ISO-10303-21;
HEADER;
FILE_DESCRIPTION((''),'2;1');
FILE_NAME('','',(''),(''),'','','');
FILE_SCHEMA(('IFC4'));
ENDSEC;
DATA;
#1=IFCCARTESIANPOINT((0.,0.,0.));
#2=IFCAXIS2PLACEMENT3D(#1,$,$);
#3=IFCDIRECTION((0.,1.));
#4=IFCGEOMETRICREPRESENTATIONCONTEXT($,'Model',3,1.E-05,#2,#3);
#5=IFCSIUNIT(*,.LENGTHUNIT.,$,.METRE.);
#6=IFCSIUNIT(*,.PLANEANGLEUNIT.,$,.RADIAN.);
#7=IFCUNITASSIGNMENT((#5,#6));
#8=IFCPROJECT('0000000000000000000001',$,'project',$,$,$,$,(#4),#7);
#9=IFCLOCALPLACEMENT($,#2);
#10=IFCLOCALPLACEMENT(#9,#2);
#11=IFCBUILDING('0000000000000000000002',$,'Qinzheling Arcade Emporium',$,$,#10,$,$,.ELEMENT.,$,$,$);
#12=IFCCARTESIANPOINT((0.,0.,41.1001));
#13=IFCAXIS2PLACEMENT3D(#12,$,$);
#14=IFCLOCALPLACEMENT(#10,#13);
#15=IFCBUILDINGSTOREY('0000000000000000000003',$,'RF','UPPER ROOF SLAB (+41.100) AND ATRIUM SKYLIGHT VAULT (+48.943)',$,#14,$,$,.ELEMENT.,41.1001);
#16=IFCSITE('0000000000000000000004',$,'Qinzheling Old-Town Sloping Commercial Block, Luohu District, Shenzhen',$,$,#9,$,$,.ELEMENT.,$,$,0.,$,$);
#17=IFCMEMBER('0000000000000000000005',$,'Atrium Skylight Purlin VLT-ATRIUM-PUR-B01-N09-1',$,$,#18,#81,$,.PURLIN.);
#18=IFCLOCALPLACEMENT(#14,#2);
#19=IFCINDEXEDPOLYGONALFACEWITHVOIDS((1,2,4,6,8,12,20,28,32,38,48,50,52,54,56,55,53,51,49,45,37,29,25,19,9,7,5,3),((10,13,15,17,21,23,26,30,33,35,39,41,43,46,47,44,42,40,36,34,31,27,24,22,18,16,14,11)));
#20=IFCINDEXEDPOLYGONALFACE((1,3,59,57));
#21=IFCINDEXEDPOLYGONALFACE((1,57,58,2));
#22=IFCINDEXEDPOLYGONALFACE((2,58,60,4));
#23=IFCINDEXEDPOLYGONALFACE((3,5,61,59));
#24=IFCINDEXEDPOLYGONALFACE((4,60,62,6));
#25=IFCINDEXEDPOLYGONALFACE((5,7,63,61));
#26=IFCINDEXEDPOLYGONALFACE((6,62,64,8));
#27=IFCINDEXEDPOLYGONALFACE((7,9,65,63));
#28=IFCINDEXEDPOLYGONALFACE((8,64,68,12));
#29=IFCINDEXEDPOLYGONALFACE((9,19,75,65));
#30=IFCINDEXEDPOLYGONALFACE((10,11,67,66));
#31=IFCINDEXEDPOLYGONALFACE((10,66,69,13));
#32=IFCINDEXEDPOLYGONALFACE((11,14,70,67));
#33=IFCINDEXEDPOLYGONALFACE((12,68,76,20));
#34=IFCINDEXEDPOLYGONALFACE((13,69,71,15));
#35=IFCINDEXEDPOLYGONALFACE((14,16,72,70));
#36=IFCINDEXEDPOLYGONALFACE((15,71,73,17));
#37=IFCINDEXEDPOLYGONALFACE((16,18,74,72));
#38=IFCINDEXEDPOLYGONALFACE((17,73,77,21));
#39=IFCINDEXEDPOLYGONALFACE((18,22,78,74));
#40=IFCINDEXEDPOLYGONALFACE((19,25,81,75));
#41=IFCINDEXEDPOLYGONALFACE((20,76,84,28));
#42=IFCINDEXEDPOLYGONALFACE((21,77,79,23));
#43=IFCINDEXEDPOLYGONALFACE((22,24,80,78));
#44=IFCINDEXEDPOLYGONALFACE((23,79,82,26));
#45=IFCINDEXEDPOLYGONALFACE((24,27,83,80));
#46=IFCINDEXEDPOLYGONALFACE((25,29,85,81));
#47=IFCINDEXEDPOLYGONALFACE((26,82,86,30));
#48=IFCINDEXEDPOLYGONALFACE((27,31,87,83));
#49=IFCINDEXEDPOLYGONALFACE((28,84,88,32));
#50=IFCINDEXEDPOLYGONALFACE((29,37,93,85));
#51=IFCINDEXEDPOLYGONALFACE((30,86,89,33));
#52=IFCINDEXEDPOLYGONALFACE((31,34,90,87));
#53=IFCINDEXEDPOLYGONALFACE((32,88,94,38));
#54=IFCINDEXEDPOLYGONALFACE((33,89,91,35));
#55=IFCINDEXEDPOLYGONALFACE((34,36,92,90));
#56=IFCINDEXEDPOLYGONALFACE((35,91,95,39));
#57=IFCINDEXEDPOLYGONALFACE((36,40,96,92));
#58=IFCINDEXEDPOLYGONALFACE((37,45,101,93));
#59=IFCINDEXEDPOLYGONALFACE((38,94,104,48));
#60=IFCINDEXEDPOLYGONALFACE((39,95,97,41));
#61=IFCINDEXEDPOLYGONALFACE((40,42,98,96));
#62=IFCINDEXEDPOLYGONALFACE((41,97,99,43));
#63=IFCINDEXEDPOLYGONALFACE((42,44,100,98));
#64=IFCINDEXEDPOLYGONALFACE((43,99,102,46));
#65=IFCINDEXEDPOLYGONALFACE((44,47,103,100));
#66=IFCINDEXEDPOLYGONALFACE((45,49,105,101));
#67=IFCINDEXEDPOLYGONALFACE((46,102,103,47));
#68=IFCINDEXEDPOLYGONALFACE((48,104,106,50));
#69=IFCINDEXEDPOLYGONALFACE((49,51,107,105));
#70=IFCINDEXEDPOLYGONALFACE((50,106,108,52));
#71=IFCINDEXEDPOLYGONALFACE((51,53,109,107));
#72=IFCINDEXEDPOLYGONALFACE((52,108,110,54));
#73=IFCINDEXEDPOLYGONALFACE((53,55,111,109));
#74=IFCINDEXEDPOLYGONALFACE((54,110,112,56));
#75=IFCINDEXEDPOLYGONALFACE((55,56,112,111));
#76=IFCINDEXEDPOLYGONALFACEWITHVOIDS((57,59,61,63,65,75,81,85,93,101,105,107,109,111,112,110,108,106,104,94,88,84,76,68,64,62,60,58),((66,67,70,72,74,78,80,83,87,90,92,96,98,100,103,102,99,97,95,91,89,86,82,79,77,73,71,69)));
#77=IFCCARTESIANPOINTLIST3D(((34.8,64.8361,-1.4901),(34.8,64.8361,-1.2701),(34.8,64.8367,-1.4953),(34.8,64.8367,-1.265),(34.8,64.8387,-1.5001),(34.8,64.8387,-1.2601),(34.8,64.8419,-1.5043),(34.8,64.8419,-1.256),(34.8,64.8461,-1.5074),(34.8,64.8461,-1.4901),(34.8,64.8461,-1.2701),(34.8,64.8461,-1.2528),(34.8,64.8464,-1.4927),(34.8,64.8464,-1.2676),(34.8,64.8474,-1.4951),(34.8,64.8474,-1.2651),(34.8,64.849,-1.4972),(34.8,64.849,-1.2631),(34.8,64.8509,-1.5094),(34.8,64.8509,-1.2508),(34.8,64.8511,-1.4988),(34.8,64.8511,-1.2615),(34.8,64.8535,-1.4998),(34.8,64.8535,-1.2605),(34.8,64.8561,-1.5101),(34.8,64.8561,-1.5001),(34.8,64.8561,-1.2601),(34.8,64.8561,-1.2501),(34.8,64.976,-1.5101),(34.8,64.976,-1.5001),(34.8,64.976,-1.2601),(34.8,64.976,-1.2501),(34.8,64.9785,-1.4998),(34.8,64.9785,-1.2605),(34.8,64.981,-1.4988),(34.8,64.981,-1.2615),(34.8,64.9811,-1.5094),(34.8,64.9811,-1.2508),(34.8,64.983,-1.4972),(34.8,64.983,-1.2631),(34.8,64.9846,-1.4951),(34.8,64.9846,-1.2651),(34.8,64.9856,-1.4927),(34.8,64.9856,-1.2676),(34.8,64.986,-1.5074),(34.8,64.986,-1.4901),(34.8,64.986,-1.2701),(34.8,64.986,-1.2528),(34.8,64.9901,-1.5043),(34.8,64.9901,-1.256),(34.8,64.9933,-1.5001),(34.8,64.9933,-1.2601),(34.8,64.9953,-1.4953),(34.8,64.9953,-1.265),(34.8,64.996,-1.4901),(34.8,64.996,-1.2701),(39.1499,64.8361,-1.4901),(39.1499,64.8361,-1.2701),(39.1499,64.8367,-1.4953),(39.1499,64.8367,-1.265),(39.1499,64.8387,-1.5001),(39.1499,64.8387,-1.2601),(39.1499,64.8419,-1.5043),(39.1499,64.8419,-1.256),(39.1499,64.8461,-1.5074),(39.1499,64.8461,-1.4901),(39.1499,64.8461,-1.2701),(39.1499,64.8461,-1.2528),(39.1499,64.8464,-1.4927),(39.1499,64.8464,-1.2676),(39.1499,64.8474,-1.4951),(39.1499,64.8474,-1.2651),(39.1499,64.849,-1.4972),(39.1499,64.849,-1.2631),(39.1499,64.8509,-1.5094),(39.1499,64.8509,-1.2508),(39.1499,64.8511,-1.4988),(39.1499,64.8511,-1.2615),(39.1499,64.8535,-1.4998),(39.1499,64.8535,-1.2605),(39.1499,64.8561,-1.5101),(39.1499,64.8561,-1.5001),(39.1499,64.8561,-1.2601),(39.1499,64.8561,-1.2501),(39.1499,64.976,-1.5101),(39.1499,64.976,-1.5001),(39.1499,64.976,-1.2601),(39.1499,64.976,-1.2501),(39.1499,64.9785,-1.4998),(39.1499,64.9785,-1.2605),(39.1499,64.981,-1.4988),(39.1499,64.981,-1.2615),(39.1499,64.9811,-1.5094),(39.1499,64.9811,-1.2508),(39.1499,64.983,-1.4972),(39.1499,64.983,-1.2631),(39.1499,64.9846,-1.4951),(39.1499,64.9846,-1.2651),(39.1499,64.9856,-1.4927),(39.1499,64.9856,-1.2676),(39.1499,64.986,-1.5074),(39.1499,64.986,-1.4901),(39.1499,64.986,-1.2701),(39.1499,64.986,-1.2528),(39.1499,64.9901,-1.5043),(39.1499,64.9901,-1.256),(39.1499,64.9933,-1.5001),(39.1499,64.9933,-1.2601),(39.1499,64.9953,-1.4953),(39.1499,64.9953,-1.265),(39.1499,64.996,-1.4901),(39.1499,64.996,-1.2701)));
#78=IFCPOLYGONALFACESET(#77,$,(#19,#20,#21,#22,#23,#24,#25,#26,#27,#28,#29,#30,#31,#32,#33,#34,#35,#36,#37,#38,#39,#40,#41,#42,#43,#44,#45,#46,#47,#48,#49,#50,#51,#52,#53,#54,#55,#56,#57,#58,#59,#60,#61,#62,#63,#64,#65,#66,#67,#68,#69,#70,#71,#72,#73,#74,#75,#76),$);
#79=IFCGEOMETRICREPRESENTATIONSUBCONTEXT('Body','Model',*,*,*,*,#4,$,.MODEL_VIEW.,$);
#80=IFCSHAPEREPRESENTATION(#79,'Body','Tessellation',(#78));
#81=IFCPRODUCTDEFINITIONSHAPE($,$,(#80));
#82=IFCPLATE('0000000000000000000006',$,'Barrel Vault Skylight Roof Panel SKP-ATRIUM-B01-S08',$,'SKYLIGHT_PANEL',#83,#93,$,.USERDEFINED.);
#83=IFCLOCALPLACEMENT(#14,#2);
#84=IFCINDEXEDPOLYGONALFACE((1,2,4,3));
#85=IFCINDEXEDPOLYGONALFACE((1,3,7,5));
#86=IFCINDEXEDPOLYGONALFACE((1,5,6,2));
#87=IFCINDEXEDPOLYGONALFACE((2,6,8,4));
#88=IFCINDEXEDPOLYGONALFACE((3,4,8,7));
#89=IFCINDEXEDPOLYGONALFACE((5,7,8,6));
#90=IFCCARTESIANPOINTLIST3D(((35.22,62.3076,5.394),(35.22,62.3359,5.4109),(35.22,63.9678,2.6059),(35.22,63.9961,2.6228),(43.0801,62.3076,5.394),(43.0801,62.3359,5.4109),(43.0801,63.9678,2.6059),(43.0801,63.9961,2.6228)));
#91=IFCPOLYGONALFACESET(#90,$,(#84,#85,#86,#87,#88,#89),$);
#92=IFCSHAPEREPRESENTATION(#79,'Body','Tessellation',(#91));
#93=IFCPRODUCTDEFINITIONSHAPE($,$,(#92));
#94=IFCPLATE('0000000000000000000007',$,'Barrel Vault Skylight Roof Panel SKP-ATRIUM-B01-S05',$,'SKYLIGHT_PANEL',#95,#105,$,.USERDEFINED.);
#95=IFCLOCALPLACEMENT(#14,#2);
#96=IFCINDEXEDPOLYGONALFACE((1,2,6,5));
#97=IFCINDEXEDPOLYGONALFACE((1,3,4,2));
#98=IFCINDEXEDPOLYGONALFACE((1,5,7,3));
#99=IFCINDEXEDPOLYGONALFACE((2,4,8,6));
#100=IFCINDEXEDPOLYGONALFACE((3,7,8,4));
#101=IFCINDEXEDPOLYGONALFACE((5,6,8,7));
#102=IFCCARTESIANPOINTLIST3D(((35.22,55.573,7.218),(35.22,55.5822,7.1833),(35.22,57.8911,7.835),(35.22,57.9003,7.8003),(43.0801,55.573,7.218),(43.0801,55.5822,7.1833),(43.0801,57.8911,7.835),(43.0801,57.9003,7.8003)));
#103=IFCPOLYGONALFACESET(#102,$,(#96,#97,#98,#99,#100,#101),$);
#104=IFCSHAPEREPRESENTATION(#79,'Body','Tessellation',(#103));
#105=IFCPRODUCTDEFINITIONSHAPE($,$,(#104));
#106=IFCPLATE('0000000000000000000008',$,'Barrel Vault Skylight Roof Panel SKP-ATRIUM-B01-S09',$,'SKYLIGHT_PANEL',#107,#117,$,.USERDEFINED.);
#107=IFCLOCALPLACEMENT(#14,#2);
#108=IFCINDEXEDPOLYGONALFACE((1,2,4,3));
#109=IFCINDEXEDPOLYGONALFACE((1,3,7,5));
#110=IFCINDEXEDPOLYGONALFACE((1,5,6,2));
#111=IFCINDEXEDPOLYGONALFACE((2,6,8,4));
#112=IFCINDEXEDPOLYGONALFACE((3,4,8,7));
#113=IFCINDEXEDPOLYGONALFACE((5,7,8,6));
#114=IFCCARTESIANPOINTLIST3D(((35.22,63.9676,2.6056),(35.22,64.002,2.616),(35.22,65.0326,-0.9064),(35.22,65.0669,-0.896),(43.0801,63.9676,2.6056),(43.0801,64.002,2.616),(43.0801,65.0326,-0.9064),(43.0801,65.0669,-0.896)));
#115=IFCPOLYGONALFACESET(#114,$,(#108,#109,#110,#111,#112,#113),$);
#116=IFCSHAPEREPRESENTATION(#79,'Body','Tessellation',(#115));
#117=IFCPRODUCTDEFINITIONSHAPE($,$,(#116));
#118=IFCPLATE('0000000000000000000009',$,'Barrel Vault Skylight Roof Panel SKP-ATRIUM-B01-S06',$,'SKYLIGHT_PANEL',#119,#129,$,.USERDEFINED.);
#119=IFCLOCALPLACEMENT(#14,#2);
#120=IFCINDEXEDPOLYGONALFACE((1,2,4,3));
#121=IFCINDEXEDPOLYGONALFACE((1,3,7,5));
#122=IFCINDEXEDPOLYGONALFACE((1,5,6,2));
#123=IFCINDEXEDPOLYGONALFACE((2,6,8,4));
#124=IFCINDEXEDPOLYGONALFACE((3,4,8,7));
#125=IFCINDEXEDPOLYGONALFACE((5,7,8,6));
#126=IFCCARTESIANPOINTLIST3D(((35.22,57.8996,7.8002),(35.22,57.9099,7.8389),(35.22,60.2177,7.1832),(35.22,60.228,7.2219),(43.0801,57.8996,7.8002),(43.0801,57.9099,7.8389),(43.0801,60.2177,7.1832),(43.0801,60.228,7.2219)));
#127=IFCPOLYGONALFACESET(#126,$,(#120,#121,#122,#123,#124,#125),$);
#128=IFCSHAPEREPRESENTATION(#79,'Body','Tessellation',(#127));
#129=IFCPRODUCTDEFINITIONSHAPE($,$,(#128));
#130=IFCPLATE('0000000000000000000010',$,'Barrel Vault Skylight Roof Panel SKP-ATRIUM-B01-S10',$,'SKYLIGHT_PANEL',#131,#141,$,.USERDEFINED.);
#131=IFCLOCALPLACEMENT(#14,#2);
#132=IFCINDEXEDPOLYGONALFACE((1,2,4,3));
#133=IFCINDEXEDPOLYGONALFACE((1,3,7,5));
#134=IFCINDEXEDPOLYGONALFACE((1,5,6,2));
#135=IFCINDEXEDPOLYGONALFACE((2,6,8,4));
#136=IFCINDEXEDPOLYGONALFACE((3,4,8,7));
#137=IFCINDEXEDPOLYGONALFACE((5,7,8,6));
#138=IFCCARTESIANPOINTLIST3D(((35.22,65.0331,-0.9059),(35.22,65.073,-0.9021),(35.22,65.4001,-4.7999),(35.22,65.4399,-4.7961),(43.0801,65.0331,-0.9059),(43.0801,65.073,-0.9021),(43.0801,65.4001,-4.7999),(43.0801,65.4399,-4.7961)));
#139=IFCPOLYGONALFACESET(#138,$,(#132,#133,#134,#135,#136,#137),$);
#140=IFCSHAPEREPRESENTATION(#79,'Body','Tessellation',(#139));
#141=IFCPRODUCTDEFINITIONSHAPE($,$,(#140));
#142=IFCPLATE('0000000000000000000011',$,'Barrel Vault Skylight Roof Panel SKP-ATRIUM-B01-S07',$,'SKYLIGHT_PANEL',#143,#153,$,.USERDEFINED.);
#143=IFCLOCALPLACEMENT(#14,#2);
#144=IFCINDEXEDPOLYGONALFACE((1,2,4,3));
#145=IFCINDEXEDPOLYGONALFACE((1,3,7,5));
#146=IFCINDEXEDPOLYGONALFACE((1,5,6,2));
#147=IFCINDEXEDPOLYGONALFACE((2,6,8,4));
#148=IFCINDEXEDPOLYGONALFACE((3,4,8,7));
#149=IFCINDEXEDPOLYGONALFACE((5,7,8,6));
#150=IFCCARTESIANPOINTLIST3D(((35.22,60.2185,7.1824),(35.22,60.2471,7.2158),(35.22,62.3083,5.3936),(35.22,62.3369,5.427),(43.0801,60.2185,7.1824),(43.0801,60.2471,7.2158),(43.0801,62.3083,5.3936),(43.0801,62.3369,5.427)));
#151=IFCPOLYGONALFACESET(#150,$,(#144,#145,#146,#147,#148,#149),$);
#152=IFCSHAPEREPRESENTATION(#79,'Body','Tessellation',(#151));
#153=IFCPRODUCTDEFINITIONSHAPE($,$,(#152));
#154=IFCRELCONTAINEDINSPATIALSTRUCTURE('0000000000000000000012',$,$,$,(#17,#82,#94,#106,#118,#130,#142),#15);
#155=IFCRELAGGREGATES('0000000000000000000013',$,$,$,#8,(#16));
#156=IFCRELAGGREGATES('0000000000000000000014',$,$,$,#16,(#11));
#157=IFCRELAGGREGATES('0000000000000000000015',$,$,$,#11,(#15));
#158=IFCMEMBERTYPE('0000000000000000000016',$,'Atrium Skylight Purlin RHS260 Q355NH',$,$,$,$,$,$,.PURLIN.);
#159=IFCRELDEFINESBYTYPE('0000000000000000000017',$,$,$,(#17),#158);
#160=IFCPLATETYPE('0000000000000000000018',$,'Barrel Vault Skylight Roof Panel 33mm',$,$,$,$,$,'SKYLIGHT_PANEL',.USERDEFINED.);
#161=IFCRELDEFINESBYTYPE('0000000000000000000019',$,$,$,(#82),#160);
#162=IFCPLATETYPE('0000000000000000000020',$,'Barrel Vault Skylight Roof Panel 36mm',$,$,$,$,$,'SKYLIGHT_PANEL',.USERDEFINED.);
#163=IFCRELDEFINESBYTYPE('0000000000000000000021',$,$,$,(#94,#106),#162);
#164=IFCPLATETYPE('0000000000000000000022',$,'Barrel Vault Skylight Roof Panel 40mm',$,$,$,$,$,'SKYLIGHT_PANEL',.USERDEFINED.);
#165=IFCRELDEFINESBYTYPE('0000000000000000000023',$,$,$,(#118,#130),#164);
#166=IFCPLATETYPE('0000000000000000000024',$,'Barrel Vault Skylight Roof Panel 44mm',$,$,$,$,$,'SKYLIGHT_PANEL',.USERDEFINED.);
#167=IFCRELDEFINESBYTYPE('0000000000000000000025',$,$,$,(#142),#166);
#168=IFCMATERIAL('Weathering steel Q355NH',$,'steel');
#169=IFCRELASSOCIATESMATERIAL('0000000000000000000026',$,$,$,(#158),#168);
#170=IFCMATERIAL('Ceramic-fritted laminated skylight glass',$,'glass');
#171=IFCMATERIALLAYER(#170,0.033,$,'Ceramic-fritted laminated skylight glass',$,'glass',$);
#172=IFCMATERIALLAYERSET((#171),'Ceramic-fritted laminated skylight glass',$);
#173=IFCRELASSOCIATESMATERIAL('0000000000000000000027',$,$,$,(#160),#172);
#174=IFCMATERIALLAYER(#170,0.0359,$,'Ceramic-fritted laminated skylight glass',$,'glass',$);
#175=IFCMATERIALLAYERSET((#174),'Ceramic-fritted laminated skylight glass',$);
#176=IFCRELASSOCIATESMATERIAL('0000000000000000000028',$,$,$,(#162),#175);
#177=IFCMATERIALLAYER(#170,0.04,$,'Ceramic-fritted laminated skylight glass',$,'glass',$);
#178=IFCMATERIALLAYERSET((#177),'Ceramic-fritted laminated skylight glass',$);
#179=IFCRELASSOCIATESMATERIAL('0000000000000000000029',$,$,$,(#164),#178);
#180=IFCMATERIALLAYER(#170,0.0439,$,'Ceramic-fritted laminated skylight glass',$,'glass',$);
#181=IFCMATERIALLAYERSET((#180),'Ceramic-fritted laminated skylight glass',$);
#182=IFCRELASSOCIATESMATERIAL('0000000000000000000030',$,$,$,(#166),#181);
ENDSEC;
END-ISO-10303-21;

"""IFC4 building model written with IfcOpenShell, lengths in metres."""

from ifc_helpers import new_model, si_unit, direction, frame, origin, origin_2d, place, context, subcontext, project, spatial, polyline, hollow_rectangle, outline, extrude, material, layer, layer_set, material_profile, profile_set, type_object, element, save


model = new_model("IFC4")

# Units and contexts
model_context = context("Model", 3, precision=1e-05, world=origin(), true_north=direction((0.0, 1.0)))
body_context = subcontext(model_context, "Body", "Model", "MODEL_VIEW")
ifc_project = project(units=[si_unit("LENGTHUNIT", "METRE"), si_unit("PLANEANGLEUNIT", "RADIAN")], contexts=[model_context])

# Site, building, storey
site_placement = place(None, origin())
site = spatial("IfcSite", under=ifc_project, at=site_placement, Name="Qinzheling Old-Town Sloping Commercial Block, Luohu District, Shenzhen", CompositionType="ELEMENT", RefElevation=0.0)
building_placement = place(site_placement, origin())
building = spatial("IfcBuilding", under=site, at=building_placement, Name="Qinzheling Arcade Emporium", CompositionType="ELEMENT")
storey_placement = place(building_placement, frame((0.0, 0.0, 41.1001)))
storey = spatial("IfcBuildingStorey", under=building, at=storey_placement, Name="RF", Description="UPPER ROOF SLAB (+41.100) AND ATRIUM SKYLIGHT VAULT (+48.943)", CompositionType="ELEMENT", Elevation=41.1001)

# Shared definitions
ifc_material_1 = material(Name="Weathering steel Q355NH", Category="steel")

# Member
ifc_material_profile_1 = material_profile(ifc_material_1, hollow_rectangle(XDim=0.1599, YDim=0.26, WallThickness=0.01, InnerFilletRadius=0.01, OuterFilletRadius=0.02, at=origin_2d()), Name="RHS 260x160x10", Category="steel")
ifc_profile_set_1 = profile_set([ifc_material_profile_1], Name="Weathering steel Q355NH")
member_type = type_object("IfcMemberType", Name="Atrium Skylight Purlin RHS260 Q355NH", PredefinedType="PURLIN", material=ifc_profile_set_1)
for number, where, z_axis, x_axis, name in (
    (1, (34.8, 64.916, -1.3801), (1.0, 0.0, 0.0), (0.0, 1.0, 0.0), "Atrium Skylight Purlin VLT-ATRIUM-PUR-B01-N09-1"),
):
    element("IfcMember", number, at=place(storey_placement, frame(where, z_axis=z_axis, x_axis=x_axis)), inside=storey, type_object=member_type, Name=name, PredefinedType="PURLIN", context=body_context, shape_type="SweptSolid", body=[
        extrude(hollow_rectangle(XDim=0.1599, YDim=0.26, WallThickness=0.01, InnerFilletRadius=0.01, OuterFilletRadius=0.02, at=origin_2d()), origin(), (0.0, 0.0, 1.0), 4.3499),
    ])

# Plates
ifc_material_2 = material(Name="Ceramic-fritted laminated skylight glass", Category="glass")
ifc_layer_1 = layer(ifc_material_2, 0.033, Name="Ceramic-fritted laminated skylight glass", Category="glass")
ifc_layer_set_1 = layer_set([ifc_layer_1], Name="Ceramic-fritted laminated skylight glass")
plate_type_1 = type_object("IfcPlateType", Name="Barrel Vault Skylight Roof Panel 33mm", ElementType="SKYLIGHT_PANEL", PredefinedType="USERDEFINED", material=ifc_layer_set_1)
plate_1_placement = place(storey_placement, frame((35.22, 62.3359, 5.4109), z_axis=(0.0, 0.859214, 0.511616), x_axis=(1.0, 0.0, 0.0)))
element("IfcPlate", 2, at=plate_1_placement, inside=storey, type_object=plate_type_1, Name="Barrel Vault Skylight Roof Panel SKP-ATRIUM-B01-S08", ObjectType="SKYLIGHT_PANEL", PredefinedType="USERDEFINED", context=body_context, shape_type="SweptSolid", body=[
    extrude(outline(polyline([(0.0, 0.0), (7.8601, 0.0), (7.8601, 3.2449), (0.0, 3.2449), (0.0, 0.0)])), origin(), (0.0, 0.0, -1.0), 0.033),
])
ifc_layer_2 = layer(ifc_material_2, 0.0359, Name="Ceramic-fritted laminated skylight glass", Category="glass")
ifc_layer_set_2 = layer_set([ifc_layer_2], Name="Ceramic-fritted laminated skylight glass")
plate_type_2 = type_object("IfcPlateType", Name="Barrel Vault Skylight Roof Panel 36mm", ElementType="SKYLIGHT_PANEL", PredefinedType="USERDEFINED", material=ifc_layer_set_2)
plate_2_placement = place(storey_placement, frame((35.22, 55.573, 7.218), z_axis=(0.0, -0.257188, 0.966362), x_axis=(1.0, 0.0, 0.0)))
element("IfcPlate", 3, at=plate_2_placement, inside=storey, type_object=plate_type_2, Name="Barrel Vault Skylight Roof Panel SKP-ATRIUM-B01-S05", ObjectType="SKYLIGHT_PANEL", PredefinedType="USERDEFINED", context=body_context, shape_type="SweptSolid", body=[
    extrude(outline(polyline([(0.0, 0.0), (7.8601, 0.0), (7.8601, 2.3988), (0.0, 2.3988), (0.0, 0.0)])), origin(), (0.0, 0.0, -1.0), 0.0359),
])
plate_3_placement = place(storey_placement, frame((35.22, 64.002, 2.616), z_axis=(0.0, 0.956971, 0.290185), x_axis=(1.0, 0.0, 0.0)))
element("IfcPlate", 4, at=plate_3_placement, inside=storey, type_object=plate_type_2, Name="Barrel Vault Skylight Roof Panel SKP-ATRIUM-B01-S09", ObjectType="SKYLIGHT_PANEL", PredefinedType="USERDEFINED", context=body_context, shape_type="SweptSolid", body=[
    extrude(outline(polyline([(0.0, 0.0), (7.8601, 0.0), (7.8601, 3.6699), (0.0, 3.6699), (0.0, 0.0)])), origin(), (0.0, 0.0, -1.0), 0.0359),
])
ifc_layer_3 = layer(ifc_material_2, 0.04, Name="Ceramic-fritted laminated skylight glass", Category="glass")
ifc_layer_set_3 = layer_set([ifc_layer_3], Name="Ceramic-fritted laminated skylight glass")
plate_type_3 = type_object("IfcPlateType", Name="Barrel Vault Skylight Roof Panel 40mm", ElementType="SKYLIGHT_PANEL", PredefinedType="USERDEFINED", material=ifc_layer_set_3)
plate_4_placement = place(storey_placement, frame((35.22, 57.9099, 7.8389), z_axis=(0.0, 0.257188, 0.966362), x_axis=(1.0, 0.0, 0.0)))
element("IfcPlate", 5, at=plate_4_placement, inside=storey, type_object=plate_type_3, Name="Barrel Vault Skylight Roof Panel SKP-ATRIUM-B01-S06", ObjectType="SKYLIGHT_PANEL", PredefinedType="USERDEFINED", context=body_context, shape_type="SweptSolid", body=[
    extrude(outline(polyline([(0.0, 0.0), (7.8601, 0.0), (7.8601, 2.3988), (0.0, 2.3988), (0.0, 0.0)])), origin(), (0.0, 0.0, -1.0), 0.04),
])
plate_5_placement = place(storey_placement, frame((35.22, 65.073, -0.9021), z_axis=(0.0, 0.99559, 0.093816), x_axis=(1.0, 0.0, 0.0)))
element("IfcPlate", 6, at=plate_5_placement, inside=storey, type_object=plate_type_3, Name="Barrel Vault Skylight Roof Panel SKP-ATRIUM-B01-S10", ObjectType="SKYLIGHT_PANEL", PredefinedType="USERDEFINED", context=body_context, shape_type="SweptSolid", body=[
    extrude(outline(polyline([(0.0, 0.0), (7.8601, 0.0), (7.8601, 3.9113), (0.0, 3.9113), (0.0, 0.0)])), origin(), (0.0, 0.0, -1.0), 0.04),
])
ifc_layer_4 = layer(ifc_material_2, 0.0439, Name="Ceramic-fritted laminated skylight glass", Category="glass")
ifc_layer_set_4 = layer_set([ifc_layer_4], Name="Ceramic-fritted laminated skylight glass")
plate_type_4 = type_object("IfcPlateType", Name="Barrel Vault Skylight Roof Panel 44mm", ElementType="SKYLIGHT_PANEL", PredefinedType="USERDEFINED", material=ifc_layer_set_4)
plate_6_placement = place(storey_placement, frame((35.22, 60.2471, 7.2158), z_axis=(0.0, 0.650272, 0.759701), x_axis=(1.0, 0.0, 0.0)))
element("IfcPlate", 7, at=plate_6_placement, inside=storey, type_object=plate_type_4, Name="Barrel Vault Skylight Roof Panel SKP-ATRIUM-B01-S07", ObjectType="SKYLIGHT_PANEL", PredefinedType="USERDEFINED", context=body_context, shape_type="SweptSolid", body=[
    extrude(outline(polyline([(0.0, 0.0), (7.8601, 0.0), (7.8601, 2.7509), (0.0, 2.7509), (0.0, 0.0)])), origin(), (0.0, 0.0, -1.0), 0.0439),
])

save(model, "model.ifc")
